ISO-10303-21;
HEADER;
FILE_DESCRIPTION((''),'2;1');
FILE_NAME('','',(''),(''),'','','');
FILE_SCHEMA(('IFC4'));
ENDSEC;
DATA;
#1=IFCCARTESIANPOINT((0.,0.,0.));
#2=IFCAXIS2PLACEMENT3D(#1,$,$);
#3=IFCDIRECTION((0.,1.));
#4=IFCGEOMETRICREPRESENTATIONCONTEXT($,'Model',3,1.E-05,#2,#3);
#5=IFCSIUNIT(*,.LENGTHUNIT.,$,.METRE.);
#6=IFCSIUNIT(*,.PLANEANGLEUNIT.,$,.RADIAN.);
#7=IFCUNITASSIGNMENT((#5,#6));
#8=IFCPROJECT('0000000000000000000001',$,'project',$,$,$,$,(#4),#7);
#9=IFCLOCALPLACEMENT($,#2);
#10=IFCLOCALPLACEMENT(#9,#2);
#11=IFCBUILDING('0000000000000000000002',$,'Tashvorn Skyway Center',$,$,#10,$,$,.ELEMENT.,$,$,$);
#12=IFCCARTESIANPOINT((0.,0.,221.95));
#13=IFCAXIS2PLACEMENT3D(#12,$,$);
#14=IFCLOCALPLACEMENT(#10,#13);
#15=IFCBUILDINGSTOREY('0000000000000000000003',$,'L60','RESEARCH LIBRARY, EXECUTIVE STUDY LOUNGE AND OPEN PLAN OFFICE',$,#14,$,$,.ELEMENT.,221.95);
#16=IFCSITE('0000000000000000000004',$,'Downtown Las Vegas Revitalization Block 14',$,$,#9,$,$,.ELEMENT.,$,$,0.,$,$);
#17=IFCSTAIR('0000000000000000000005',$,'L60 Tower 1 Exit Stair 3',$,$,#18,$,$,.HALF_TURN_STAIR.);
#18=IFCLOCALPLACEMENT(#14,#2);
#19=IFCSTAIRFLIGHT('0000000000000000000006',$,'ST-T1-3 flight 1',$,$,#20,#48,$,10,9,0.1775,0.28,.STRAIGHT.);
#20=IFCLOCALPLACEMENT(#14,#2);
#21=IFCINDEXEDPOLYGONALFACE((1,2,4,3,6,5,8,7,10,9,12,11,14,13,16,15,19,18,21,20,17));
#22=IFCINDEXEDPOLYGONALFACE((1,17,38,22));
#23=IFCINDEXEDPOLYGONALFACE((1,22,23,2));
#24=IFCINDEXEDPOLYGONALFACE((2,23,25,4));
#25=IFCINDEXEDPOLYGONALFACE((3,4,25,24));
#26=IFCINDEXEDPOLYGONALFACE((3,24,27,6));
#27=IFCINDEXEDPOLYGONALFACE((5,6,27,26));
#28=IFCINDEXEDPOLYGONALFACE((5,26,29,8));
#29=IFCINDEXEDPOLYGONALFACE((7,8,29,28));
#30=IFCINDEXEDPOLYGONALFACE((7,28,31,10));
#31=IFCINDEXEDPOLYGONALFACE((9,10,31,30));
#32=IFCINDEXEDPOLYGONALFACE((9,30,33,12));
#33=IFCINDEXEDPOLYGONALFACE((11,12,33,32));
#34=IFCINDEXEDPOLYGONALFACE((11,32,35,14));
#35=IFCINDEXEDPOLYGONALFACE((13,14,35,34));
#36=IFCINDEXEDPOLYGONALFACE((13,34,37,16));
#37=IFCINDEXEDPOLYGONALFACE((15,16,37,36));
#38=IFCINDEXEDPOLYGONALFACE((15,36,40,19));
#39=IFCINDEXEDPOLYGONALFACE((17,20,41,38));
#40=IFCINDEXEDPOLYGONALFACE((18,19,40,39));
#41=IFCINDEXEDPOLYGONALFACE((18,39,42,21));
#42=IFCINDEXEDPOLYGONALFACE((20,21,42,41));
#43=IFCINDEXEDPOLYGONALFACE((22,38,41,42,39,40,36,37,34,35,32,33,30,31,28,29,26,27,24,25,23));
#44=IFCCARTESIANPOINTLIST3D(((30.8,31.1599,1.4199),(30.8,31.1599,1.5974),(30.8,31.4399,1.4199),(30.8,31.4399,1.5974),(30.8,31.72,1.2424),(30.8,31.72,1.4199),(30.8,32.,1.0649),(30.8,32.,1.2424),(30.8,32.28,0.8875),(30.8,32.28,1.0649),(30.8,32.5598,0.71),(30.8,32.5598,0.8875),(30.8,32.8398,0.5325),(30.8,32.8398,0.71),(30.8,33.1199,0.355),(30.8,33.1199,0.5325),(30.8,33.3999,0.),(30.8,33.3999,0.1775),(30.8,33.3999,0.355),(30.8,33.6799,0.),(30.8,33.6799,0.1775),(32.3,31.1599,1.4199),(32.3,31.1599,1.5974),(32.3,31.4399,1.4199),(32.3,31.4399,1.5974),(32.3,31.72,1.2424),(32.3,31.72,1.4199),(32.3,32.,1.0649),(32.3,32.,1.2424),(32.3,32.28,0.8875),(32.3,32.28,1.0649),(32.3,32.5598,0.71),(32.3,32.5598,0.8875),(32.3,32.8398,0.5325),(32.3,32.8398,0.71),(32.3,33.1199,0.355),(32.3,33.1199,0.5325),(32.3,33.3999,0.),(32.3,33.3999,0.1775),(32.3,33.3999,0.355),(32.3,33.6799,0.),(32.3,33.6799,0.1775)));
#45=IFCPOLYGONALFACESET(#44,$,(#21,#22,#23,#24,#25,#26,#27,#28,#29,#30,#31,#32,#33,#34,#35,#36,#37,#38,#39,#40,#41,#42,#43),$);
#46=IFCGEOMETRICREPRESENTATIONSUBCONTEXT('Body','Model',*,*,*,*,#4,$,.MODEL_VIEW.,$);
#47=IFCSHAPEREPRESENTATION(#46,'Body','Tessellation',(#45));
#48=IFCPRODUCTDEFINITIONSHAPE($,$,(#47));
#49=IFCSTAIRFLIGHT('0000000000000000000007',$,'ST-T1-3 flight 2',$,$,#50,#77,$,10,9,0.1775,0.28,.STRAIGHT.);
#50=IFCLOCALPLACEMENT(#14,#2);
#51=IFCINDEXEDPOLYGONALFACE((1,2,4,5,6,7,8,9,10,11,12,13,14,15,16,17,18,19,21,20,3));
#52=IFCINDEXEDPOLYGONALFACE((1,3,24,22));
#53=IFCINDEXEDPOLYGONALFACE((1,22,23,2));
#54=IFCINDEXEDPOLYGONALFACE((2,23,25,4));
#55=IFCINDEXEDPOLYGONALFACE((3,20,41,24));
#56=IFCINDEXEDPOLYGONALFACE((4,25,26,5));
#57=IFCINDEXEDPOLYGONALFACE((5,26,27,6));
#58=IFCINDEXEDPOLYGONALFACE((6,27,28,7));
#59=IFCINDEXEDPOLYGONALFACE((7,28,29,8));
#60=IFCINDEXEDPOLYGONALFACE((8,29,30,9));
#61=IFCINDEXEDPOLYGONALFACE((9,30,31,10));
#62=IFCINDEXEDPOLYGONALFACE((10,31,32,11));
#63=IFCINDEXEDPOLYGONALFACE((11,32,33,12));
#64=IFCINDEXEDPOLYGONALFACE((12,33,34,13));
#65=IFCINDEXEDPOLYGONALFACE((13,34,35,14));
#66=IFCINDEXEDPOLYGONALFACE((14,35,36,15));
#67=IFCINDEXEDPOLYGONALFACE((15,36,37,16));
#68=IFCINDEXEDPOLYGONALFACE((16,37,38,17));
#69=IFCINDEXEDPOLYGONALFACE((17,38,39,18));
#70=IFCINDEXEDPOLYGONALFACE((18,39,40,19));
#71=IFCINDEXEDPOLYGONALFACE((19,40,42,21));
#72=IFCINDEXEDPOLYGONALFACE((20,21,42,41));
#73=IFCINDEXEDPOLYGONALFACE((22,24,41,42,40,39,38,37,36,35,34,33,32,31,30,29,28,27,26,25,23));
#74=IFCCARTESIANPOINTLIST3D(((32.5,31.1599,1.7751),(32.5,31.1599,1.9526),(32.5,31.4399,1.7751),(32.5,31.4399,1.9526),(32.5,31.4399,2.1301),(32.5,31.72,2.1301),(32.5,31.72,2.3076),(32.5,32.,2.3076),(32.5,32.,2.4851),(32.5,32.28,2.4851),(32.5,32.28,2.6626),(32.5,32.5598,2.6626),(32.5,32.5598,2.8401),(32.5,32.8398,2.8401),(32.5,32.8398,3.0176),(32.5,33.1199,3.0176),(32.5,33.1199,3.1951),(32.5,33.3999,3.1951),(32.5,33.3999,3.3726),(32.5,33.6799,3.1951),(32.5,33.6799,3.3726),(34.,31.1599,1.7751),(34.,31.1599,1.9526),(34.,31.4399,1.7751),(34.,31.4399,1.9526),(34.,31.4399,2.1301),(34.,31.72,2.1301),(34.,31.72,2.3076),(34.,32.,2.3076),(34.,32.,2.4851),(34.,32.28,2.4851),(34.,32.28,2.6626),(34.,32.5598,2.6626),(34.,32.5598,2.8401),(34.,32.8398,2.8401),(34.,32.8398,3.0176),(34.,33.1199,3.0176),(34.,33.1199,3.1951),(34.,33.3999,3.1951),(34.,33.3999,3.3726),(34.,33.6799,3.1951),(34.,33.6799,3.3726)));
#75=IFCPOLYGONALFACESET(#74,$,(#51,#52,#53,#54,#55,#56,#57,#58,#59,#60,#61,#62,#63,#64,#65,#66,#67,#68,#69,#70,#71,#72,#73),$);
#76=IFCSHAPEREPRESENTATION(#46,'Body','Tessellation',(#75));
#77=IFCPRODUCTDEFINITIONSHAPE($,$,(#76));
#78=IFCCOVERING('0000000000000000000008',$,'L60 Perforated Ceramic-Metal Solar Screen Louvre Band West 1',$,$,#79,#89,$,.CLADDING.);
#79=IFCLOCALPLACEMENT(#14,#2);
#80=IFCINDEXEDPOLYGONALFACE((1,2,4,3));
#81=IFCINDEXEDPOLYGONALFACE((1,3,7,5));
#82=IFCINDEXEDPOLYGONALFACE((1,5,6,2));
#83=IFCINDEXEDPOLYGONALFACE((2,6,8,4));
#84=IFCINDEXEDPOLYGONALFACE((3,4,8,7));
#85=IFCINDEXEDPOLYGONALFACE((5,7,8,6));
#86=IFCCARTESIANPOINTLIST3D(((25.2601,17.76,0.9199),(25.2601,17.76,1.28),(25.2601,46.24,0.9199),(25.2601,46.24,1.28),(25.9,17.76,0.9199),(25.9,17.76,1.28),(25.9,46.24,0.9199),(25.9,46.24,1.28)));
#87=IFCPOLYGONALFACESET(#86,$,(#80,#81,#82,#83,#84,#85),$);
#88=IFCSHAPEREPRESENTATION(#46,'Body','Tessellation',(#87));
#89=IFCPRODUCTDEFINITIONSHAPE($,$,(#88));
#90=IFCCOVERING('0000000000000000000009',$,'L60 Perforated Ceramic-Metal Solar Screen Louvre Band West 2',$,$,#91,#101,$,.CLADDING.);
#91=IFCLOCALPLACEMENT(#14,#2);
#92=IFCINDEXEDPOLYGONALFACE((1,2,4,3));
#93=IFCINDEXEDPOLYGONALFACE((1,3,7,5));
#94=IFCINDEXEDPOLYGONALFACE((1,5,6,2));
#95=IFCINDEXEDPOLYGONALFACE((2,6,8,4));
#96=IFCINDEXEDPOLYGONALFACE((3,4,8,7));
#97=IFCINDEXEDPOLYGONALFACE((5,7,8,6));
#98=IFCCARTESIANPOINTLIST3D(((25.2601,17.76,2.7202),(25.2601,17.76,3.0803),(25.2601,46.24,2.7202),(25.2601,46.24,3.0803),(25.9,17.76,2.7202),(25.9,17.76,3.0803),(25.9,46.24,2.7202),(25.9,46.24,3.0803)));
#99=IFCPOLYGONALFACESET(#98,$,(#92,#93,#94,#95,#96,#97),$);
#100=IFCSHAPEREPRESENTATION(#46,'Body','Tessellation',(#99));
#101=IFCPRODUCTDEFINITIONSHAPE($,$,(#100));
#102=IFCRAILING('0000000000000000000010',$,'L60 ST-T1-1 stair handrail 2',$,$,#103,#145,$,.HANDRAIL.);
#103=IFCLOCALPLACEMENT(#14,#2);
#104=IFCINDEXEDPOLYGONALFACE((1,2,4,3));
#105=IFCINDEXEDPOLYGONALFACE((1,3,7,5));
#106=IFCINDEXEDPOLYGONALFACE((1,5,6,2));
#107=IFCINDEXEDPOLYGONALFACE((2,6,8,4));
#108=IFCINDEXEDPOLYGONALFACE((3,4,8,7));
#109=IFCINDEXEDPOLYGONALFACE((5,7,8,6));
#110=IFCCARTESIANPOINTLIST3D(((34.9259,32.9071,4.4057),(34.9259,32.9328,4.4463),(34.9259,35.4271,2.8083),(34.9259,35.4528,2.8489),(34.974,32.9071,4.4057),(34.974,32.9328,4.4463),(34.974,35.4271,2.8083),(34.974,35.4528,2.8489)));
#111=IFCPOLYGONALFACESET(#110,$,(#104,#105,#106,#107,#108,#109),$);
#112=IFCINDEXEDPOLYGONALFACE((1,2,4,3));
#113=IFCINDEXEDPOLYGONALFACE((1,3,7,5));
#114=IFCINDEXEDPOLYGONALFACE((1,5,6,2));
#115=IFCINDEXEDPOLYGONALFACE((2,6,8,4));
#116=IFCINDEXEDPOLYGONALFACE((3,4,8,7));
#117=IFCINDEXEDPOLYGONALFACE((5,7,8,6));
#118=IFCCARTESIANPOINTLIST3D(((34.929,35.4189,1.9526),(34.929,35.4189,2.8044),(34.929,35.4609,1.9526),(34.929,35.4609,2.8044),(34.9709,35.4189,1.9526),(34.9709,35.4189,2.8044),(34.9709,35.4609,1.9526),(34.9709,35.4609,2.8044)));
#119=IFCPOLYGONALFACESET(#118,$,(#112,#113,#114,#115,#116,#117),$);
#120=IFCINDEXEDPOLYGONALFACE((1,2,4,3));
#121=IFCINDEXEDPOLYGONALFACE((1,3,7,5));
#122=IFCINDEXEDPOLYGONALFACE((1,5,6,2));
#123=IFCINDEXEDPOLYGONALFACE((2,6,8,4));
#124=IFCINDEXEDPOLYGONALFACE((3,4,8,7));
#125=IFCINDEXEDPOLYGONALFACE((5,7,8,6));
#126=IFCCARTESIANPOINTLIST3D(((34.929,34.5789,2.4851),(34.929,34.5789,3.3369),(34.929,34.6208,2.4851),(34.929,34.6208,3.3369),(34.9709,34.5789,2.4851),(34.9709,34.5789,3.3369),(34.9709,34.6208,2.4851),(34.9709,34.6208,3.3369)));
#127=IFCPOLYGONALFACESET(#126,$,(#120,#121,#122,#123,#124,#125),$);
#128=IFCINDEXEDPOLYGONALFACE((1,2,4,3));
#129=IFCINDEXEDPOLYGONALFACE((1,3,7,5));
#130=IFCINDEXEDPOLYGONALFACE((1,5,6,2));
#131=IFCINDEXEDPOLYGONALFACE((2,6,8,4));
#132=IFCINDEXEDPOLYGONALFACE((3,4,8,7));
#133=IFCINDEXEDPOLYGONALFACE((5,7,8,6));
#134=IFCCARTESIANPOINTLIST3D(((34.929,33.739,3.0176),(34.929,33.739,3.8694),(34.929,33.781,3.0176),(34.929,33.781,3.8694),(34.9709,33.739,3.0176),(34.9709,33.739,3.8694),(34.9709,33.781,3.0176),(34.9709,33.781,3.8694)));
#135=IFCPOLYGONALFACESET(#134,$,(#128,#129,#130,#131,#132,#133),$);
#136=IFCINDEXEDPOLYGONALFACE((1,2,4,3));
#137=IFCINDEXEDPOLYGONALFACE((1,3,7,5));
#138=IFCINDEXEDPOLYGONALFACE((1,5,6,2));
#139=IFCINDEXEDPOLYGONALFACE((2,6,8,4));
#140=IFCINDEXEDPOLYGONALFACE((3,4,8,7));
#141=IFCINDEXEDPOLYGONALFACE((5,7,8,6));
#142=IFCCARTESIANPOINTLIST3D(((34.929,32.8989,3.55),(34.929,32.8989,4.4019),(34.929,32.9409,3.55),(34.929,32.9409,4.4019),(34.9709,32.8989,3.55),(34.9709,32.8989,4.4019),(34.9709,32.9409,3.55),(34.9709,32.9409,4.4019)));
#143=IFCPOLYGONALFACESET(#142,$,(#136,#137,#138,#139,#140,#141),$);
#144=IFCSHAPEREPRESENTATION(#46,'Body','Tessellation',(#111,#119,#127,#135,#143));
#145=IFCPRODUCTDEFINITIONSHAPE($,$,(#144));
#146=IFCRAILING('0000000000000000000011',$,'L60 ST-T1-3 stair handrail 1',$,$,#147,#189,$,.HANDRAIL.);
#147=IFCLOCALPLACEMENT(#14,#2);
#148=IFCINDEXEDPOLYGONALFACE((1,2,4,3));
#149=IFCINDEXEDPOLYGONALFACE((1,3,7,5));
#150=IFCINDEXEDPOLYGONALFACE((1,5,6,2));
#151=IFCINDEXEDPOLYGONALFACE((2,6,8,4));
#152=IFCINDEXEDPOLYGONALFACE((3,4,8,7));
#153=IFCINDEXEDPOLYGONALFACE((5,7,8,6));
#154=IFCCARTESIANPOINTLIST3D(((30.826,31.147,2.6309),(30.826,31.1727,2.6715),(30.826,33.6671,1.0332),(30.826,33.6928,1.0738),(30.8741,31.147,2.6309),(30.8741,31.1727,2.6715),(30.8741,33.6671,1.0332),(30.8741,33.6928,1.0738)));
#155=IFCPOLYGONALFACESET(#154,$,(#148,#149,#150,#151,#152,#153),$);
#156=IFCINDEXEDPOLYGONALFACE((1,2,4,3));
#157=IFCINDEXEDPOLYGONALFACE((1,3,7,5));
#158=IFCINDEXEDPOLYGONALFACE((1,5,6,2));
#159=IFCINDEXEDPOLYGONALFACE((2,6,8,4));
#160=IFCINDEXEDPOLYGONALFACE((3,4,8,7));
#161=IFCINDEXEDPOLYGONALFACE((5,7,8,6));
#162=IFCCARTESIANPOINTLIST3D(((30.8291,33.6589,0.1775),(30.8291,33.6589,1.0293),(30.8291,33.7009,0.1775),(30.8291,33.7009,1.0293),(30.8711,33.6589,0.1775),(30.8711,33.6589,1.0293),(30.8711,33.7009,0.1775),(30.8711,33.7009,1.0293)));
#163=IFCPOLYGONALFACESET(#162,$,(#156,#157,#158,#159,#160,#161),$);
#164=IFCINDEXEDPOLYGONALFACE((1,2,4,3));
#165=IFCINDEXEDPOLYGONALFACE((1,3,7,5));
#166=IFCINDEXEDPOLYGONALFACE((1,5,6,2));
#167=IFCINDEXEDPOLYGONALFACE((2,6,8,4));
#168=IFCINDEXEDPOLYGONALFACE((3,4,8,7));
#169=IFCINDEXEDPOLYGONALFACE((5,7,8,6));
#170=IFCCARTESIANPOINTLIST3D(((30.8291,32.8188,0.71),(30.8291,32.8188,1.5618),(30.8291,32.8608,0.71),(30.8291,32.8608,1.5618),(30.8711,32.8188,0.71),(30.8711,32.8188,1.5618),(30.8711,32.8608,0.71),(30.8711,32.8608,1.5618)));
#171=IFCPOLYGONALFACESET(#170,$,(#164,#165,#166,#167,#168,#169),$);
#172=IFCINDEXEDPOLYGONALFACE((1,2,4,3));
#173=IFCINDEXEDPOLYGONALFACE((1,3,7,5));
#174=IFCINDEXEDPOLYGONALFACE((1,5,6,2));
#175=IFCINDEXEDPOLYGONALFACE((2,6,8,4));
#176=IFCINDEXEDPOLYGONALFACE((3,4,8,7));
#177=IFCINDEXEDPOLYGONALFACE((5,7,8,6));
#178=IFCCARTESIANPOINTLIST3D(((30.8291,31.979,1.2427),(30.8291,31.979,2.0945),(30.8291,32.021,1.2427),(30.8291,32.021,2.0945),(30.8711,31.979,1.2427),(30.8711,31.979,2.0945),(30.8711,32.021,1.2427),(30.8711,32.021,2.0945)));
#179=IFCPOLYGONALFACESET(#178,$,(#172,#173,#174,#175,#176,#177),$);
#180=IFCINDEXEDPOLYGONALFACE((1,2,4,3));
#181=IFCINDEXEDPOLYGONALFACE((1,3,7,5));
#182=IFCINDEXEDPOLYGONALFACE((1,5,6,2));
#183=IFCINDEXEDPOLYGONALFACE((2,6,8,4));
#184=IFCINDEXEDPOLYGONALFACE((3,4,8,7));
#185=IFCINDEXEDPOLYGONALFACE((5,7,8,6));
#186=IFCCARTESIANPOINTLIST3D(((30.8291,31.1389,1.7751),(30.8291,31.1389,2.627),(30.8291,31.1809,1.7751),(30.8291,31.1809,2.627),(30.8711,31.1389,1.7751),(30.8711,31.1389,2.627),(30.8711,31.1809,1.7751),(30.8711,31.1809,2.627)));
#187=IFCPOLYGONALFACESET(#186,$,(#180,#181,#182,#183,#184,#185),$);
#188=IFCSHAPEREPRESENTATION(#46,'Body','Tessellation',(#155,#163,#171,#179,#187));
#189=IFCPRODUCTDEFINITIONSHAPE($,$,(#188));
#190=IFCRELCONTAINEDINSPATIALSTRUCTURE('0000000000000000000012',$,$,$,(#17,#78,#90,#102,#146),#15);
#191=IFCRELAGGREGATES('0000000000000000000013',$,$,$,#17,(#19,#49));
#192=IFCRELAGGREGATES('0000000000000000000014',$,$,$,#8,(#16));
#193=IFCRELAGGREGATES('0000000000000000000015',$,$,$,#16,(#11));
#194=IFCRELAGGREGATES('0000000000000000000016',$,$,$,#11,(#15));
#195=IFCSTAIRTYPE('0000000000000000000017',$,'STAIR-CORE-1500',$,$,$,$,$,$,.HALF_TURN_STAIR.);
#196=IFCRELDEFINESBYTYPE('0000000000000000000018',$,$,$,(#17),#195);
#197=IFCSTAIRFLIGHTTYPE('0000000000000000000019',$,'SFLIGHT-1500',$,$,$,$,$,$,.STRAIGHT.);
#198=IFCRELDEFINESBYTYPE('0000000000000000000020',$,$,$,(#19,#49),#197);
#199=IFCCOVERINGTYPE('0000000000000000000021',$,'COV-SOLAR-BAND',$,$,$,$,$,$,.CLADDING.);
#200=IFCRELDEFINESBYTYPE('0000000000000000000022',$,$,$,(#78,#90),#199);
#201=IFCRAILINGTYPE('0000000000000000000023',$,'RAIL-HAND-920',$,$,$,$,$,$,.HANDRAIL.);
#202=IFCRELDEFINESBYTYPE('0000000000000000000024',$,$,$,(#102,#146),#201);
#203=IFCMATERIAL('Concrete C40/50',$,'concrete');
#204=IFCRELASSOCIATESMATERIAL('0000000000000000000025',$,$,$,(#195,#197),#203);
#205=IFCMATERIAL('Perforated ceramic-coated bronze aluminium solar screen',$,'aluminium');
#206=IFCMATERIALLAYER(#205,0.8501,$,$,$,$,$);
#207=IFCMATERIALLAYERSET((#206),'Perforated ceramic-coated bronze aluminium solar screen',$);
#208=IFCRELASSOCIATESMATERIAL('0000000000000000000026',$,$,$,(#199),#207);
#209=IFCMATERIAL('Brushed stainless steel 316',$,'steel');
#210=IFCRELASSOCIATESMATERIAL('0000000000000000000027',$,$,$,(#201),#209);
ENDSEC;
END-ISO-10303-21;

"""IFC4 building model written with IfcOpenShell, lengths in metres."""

from ifc_helpers import new_model, si_unit, direction, frame, origin, origin_2d, place, context, subcontext, project, spatial, polyline, rectangle, outline, extrude, material, layer, layer_set, type_object, element, aggregate, save


model = new_model("IFC4")

# Units and contexts
model_context = context("Model", 3, precision=1e-05, world=origin(), true_north=direction((0.0, 1.0)))
body_context = subcontext(model_context, "Body", "Model", "MODEL_VIEW")
ifc_project = project(units=[si_unit("LENGTHUNIT", "METRE"), si_unit("PLANEANGLEUNIT", "RADIAN")], contexts=[model_context])

# Site, building, storey
site_placement = place(None, origin())
site = spatial("IfcSite", under=ifc_project, at=site_placement, Name="Downtown Las Vegas Revitalization Block 14", CompositionType="ELEMENT", RefElevation=0.0)
building_placement = place(site_placement, origin())
building = spatial("IfcBuilding", under=site, at=building_placement, Name="Tashvorn Skyway Center", CompositionType="ELEMENT")
storey_placement = place(building_placement, frame((0.0, 0.0, 221.95)))
storey = spatial("IfcBuildingStorey", under=building, at=storey_placement, Name="L60", Description="RESEARCH LIBRARY, EXECUTIVE STUDY LOUNGE AND OPEN PLAN OFFICE", CompositionType="ELEMENT", Elevation=221.95)

# Shared definitions
ifc_material_1 = material(Name="Concrete C40/50", Category="concrete")

# Shared definitions
stair_type = type_object("IfcStairType", Name="STAIR-CORE-1500", PredefinedType="HALF_TURN_STAIR", material=ifc_material_1)
stair_flight_type = type_object("IfcStairFlightType", Name="SFLIGHT-1500", PredefinedType="STRAIGHT", material=ifc_material_1)

# Stair, stair flights
stair_1_placement = place(storey_placement, origin())
stair_1 = element("IfcStair", 1, at=stair_1_placement, inside=storey, type_object=stair_type, Name="L60 Tower 1 Exit Stair 3", PredefinedType="HALF_TURN_STAIR")
stair_flight_1_placement = place(storey_placement, frame((31.55, 33.6799, 0.0), z_axis=(0.0, 0.0, 1.0), x_axis=(0.0, -1.0, 0.0)))
stair_flight_1 = element("IfcStairFlight", 2, at=stair_flight_1_placement, type_object=stair_flight_type, Name="ST-T1-3 flight 1", NumberOfRisers=10, NumberOfTreads=9, PredefinedType="STRAIGHT", RiserHeight=0.1775, TreadLength=0.28, context=body_context, shape_type="SweptSolid", body=[
    extrude(outline(polyline([(0.0, 0.0), (0.0, 0.1775), (0.28, 0.1775), (0.28, 0.355), (0.5601, 0.355), (0.5601, 0.5325), (0.8401, 0.5325), (0.8401, 0.71), (1.1201, 0.71), (1.1201, 0.8875), (1.3999, 0.8875), (1.3999, 1.0649), (1.6799, 1.0649), (1.6799, 1.2424), (1.96, 1.2424), (1.96, 1.4199), (2.24, 1.4199), (2.24, 1.5974), (2.52, 1.5974), (2.52, 1.7749), (2.52, 1.4199), (0.28, 0.0), (0.0, 0.0)])), frame((0.0, 0.75, 0.0), z_axis=(0.0, -1.0, 0.0), x_axis=(1.0, 0.0, 0.0)), (0.0, 0.0, 1.0), 1.5),
])
stair_flight_2_placement = place(storey_placement, frame((33.25, 31.1599, 1.7751), z_axis=(0.0, 0.0, 1.0), x_axis=(0.0, 1.0, 0.0)))
stair_flight_2 = element("IfcStairFlight", 3, at=stair_flight_2_placement, type_object=stair_flight_type, Name="ST-T1-3 flight 2", NumberOfRisers=10, NumberOfTreads=9, PredefinedType="STRAIGHT", RiserHeight=0.1775, TreadLength=0.28, context=body_context, shape_type="SweptSolid", body=[
    extrude(outline(polyline([(0.0, 0.0), (0.0, 0.1775), (0.28, 0.1775), (0.28, 0.355), (0.5601, 0.355), (0.5601, 0.5325), (0.8401, 0.5325), (0.8401, 0.71), (1.1201, 0.71), (1.1201, 0.8875), (1.3999, 0.8875), (1.3999, 1.0649), (1.6799, 1.0649), (1.6799, 1.2424), (1.96, 1.2424), (1.96, 1.4199), (2.24, 1.4199), (2.24, 1.5974), (2.52, 1.5974), (2.52, 1.7749), (2.52, 1.4199), (0.28, 0.0), (0.0, 0.0)])), frame((0.0, 0.75, 0.0), z_axis=(0.0, -1.0, 0.0), x_axis=(1.0, 0.0, 0.0)), (0.0, 0.0, 1.0), 1.5),
])
aggregate(stair_1, [stair_flight_1, stair_flight_2])

# Coverings
ifc_material_2 = material(Name="Perforated ceramic-coated bronze aluminium solar screen", Category="aluminium")
ifc_layer_1 = layer(ifc_material_2, 0.8501)
ifc_layer_set_1 = layer_set([ifc_layer_1], Name="Perforated ceramic-coated bronze aluminium solar screen")
covering_type = type_object("IfcCoveringType", Name="COV-SOLAR-BAND", PredefinedType="CLADDING", material=ifc_layer_set_1)
for number, where, z_axis, x_axis, name in (
    (4, (25.5801, 32.0, 0.9199), (0.0, 0.0, 1.0), (0.0, 1.0, 0.0), "L60 Perforated Ceramic-Metal Solar Screen Louvre Band West 1"),
    (5, (25.5801, 32.0, 2.7202), (0.0, 0.0, 1.0), (0.0, 1.0, 0.0), "L60 Perforated Ceramic-Metal Solar Screen Louvre Band West 2"),
):
    element("IfcCovering", number, at=place(storey_placement, frame(where, z_axis=z_axis, x_axis=x_axis)), inside=storey, type_object=covering_type, Name=name, PredefinedType="CLADDING", context=body_context, shape_type="SweptSolid", body=[
        extrude(rectangle(XDim=28.48, YDim=0.6399, at=origin_2d()), origin(), (0.0, 0.0, 1.0), 0.3601),
    ])

# Railings
ifc_material_3 = material(Name="Brushed stainless steel 316", Category="steel")
railing_type_1 = type_object("IfcRailingType", Name="RAIL-HAND-920", PredefinedType="HANDRAIL", material=ifc_material_3)
railing_1_placement = place(storey_placement, frame((34.95, 35.4399, 1.9526)))
element("IfcRailing", 6, at=railing_1_placement, inside=storey, type_object=railing_type_1, Name="L60 ST-T1-1 stair handrail 2", PredefinedType="HANDRAIL", context=body_context, shape_type="SweptSolid", body=[
    extrude(rectangle(XDim=0.0481, YDim=0.0481, at=origin_2d()), frame((0.0, 0.0, 0.876), z_axis=(0.0, -0.844607, 0.535387), x_axis=(1.0, 0.0, 0.0)), (0.0, 0.0, 1.0), 2.9836),
    extrude(rectangle(XDim=0.042, YDim=0.042, at=origin_2d()), origin(), (0.0, 0.0, 1.0), 0.8518),
    extrude(rectangle(XDim=0.042, YDim=0.042, at=origin_2d()), frame((0.0, -0.8401, 0.5325)), (0.0, 0.0, 1.0), 0.8518),
    extrude(rectangle(XDim=0.042, YDim=0.042, at=origin_2d()), frame((0.0, -1.6799, 1.0649)), (0.0, 0.0, 1.0), 0.8518),
    extrude(rectangle(XDim=0.042, YDim=0.042, at=origin_2d()), frame((0.0, -2.52, 1.5974)), (0.0, 0.0, 1.0), 0.8518),
])
railing_2_placement = place(storey_placement, frame((30.8501, 33.6799, 0.1775)))
element("IfcRailing", 7, at=railing_2_placement, inside=storey, type_object=railing_type_1, Name="L60 ST-T1-3 stair handrail 1", PredefinedType="HANDRAIL", context=body_context, shape_type="SweptSolid", body=[
    extrude(rectangle(XDim=0.0481, YDim=0.0481, at=origin_2d()), frame((0.0, 0.0, 0.876), z_axis=(0.0, -0.84457, 0.535445), x_axis=(1.0, 0.0, 0.0)), (0.0, 0.0, 1.0), 2.9839),
    extrude(rectangle(XDim=0.042, YDim=0.042, at=origin_2d()), origin(), (0.0, 0.0, 1.0), 0.8518),
    extrude(rectangle(XDim=0.042, YDim=0.042, at=origin_2d()), frame((0.0, -0.8401, 0.5325)), (0.0, 0.0, 1.0), 0.8518),
    extrude(rectangle(XDim=0.042, YDim=0.042, at=origin_2d()), frame((0.0, -1.6799, 1.0652)), (0.0, 0.0, 1.0), 0.8518),
    extrude(rectangle(XDim=0.042, YDim=0.042, at=origin_2d()), frame((0.0, -2.52, 1.5977)), (0.0, 0.0, 1.0), 0.8518),
])

save(model, "model.ifc")
